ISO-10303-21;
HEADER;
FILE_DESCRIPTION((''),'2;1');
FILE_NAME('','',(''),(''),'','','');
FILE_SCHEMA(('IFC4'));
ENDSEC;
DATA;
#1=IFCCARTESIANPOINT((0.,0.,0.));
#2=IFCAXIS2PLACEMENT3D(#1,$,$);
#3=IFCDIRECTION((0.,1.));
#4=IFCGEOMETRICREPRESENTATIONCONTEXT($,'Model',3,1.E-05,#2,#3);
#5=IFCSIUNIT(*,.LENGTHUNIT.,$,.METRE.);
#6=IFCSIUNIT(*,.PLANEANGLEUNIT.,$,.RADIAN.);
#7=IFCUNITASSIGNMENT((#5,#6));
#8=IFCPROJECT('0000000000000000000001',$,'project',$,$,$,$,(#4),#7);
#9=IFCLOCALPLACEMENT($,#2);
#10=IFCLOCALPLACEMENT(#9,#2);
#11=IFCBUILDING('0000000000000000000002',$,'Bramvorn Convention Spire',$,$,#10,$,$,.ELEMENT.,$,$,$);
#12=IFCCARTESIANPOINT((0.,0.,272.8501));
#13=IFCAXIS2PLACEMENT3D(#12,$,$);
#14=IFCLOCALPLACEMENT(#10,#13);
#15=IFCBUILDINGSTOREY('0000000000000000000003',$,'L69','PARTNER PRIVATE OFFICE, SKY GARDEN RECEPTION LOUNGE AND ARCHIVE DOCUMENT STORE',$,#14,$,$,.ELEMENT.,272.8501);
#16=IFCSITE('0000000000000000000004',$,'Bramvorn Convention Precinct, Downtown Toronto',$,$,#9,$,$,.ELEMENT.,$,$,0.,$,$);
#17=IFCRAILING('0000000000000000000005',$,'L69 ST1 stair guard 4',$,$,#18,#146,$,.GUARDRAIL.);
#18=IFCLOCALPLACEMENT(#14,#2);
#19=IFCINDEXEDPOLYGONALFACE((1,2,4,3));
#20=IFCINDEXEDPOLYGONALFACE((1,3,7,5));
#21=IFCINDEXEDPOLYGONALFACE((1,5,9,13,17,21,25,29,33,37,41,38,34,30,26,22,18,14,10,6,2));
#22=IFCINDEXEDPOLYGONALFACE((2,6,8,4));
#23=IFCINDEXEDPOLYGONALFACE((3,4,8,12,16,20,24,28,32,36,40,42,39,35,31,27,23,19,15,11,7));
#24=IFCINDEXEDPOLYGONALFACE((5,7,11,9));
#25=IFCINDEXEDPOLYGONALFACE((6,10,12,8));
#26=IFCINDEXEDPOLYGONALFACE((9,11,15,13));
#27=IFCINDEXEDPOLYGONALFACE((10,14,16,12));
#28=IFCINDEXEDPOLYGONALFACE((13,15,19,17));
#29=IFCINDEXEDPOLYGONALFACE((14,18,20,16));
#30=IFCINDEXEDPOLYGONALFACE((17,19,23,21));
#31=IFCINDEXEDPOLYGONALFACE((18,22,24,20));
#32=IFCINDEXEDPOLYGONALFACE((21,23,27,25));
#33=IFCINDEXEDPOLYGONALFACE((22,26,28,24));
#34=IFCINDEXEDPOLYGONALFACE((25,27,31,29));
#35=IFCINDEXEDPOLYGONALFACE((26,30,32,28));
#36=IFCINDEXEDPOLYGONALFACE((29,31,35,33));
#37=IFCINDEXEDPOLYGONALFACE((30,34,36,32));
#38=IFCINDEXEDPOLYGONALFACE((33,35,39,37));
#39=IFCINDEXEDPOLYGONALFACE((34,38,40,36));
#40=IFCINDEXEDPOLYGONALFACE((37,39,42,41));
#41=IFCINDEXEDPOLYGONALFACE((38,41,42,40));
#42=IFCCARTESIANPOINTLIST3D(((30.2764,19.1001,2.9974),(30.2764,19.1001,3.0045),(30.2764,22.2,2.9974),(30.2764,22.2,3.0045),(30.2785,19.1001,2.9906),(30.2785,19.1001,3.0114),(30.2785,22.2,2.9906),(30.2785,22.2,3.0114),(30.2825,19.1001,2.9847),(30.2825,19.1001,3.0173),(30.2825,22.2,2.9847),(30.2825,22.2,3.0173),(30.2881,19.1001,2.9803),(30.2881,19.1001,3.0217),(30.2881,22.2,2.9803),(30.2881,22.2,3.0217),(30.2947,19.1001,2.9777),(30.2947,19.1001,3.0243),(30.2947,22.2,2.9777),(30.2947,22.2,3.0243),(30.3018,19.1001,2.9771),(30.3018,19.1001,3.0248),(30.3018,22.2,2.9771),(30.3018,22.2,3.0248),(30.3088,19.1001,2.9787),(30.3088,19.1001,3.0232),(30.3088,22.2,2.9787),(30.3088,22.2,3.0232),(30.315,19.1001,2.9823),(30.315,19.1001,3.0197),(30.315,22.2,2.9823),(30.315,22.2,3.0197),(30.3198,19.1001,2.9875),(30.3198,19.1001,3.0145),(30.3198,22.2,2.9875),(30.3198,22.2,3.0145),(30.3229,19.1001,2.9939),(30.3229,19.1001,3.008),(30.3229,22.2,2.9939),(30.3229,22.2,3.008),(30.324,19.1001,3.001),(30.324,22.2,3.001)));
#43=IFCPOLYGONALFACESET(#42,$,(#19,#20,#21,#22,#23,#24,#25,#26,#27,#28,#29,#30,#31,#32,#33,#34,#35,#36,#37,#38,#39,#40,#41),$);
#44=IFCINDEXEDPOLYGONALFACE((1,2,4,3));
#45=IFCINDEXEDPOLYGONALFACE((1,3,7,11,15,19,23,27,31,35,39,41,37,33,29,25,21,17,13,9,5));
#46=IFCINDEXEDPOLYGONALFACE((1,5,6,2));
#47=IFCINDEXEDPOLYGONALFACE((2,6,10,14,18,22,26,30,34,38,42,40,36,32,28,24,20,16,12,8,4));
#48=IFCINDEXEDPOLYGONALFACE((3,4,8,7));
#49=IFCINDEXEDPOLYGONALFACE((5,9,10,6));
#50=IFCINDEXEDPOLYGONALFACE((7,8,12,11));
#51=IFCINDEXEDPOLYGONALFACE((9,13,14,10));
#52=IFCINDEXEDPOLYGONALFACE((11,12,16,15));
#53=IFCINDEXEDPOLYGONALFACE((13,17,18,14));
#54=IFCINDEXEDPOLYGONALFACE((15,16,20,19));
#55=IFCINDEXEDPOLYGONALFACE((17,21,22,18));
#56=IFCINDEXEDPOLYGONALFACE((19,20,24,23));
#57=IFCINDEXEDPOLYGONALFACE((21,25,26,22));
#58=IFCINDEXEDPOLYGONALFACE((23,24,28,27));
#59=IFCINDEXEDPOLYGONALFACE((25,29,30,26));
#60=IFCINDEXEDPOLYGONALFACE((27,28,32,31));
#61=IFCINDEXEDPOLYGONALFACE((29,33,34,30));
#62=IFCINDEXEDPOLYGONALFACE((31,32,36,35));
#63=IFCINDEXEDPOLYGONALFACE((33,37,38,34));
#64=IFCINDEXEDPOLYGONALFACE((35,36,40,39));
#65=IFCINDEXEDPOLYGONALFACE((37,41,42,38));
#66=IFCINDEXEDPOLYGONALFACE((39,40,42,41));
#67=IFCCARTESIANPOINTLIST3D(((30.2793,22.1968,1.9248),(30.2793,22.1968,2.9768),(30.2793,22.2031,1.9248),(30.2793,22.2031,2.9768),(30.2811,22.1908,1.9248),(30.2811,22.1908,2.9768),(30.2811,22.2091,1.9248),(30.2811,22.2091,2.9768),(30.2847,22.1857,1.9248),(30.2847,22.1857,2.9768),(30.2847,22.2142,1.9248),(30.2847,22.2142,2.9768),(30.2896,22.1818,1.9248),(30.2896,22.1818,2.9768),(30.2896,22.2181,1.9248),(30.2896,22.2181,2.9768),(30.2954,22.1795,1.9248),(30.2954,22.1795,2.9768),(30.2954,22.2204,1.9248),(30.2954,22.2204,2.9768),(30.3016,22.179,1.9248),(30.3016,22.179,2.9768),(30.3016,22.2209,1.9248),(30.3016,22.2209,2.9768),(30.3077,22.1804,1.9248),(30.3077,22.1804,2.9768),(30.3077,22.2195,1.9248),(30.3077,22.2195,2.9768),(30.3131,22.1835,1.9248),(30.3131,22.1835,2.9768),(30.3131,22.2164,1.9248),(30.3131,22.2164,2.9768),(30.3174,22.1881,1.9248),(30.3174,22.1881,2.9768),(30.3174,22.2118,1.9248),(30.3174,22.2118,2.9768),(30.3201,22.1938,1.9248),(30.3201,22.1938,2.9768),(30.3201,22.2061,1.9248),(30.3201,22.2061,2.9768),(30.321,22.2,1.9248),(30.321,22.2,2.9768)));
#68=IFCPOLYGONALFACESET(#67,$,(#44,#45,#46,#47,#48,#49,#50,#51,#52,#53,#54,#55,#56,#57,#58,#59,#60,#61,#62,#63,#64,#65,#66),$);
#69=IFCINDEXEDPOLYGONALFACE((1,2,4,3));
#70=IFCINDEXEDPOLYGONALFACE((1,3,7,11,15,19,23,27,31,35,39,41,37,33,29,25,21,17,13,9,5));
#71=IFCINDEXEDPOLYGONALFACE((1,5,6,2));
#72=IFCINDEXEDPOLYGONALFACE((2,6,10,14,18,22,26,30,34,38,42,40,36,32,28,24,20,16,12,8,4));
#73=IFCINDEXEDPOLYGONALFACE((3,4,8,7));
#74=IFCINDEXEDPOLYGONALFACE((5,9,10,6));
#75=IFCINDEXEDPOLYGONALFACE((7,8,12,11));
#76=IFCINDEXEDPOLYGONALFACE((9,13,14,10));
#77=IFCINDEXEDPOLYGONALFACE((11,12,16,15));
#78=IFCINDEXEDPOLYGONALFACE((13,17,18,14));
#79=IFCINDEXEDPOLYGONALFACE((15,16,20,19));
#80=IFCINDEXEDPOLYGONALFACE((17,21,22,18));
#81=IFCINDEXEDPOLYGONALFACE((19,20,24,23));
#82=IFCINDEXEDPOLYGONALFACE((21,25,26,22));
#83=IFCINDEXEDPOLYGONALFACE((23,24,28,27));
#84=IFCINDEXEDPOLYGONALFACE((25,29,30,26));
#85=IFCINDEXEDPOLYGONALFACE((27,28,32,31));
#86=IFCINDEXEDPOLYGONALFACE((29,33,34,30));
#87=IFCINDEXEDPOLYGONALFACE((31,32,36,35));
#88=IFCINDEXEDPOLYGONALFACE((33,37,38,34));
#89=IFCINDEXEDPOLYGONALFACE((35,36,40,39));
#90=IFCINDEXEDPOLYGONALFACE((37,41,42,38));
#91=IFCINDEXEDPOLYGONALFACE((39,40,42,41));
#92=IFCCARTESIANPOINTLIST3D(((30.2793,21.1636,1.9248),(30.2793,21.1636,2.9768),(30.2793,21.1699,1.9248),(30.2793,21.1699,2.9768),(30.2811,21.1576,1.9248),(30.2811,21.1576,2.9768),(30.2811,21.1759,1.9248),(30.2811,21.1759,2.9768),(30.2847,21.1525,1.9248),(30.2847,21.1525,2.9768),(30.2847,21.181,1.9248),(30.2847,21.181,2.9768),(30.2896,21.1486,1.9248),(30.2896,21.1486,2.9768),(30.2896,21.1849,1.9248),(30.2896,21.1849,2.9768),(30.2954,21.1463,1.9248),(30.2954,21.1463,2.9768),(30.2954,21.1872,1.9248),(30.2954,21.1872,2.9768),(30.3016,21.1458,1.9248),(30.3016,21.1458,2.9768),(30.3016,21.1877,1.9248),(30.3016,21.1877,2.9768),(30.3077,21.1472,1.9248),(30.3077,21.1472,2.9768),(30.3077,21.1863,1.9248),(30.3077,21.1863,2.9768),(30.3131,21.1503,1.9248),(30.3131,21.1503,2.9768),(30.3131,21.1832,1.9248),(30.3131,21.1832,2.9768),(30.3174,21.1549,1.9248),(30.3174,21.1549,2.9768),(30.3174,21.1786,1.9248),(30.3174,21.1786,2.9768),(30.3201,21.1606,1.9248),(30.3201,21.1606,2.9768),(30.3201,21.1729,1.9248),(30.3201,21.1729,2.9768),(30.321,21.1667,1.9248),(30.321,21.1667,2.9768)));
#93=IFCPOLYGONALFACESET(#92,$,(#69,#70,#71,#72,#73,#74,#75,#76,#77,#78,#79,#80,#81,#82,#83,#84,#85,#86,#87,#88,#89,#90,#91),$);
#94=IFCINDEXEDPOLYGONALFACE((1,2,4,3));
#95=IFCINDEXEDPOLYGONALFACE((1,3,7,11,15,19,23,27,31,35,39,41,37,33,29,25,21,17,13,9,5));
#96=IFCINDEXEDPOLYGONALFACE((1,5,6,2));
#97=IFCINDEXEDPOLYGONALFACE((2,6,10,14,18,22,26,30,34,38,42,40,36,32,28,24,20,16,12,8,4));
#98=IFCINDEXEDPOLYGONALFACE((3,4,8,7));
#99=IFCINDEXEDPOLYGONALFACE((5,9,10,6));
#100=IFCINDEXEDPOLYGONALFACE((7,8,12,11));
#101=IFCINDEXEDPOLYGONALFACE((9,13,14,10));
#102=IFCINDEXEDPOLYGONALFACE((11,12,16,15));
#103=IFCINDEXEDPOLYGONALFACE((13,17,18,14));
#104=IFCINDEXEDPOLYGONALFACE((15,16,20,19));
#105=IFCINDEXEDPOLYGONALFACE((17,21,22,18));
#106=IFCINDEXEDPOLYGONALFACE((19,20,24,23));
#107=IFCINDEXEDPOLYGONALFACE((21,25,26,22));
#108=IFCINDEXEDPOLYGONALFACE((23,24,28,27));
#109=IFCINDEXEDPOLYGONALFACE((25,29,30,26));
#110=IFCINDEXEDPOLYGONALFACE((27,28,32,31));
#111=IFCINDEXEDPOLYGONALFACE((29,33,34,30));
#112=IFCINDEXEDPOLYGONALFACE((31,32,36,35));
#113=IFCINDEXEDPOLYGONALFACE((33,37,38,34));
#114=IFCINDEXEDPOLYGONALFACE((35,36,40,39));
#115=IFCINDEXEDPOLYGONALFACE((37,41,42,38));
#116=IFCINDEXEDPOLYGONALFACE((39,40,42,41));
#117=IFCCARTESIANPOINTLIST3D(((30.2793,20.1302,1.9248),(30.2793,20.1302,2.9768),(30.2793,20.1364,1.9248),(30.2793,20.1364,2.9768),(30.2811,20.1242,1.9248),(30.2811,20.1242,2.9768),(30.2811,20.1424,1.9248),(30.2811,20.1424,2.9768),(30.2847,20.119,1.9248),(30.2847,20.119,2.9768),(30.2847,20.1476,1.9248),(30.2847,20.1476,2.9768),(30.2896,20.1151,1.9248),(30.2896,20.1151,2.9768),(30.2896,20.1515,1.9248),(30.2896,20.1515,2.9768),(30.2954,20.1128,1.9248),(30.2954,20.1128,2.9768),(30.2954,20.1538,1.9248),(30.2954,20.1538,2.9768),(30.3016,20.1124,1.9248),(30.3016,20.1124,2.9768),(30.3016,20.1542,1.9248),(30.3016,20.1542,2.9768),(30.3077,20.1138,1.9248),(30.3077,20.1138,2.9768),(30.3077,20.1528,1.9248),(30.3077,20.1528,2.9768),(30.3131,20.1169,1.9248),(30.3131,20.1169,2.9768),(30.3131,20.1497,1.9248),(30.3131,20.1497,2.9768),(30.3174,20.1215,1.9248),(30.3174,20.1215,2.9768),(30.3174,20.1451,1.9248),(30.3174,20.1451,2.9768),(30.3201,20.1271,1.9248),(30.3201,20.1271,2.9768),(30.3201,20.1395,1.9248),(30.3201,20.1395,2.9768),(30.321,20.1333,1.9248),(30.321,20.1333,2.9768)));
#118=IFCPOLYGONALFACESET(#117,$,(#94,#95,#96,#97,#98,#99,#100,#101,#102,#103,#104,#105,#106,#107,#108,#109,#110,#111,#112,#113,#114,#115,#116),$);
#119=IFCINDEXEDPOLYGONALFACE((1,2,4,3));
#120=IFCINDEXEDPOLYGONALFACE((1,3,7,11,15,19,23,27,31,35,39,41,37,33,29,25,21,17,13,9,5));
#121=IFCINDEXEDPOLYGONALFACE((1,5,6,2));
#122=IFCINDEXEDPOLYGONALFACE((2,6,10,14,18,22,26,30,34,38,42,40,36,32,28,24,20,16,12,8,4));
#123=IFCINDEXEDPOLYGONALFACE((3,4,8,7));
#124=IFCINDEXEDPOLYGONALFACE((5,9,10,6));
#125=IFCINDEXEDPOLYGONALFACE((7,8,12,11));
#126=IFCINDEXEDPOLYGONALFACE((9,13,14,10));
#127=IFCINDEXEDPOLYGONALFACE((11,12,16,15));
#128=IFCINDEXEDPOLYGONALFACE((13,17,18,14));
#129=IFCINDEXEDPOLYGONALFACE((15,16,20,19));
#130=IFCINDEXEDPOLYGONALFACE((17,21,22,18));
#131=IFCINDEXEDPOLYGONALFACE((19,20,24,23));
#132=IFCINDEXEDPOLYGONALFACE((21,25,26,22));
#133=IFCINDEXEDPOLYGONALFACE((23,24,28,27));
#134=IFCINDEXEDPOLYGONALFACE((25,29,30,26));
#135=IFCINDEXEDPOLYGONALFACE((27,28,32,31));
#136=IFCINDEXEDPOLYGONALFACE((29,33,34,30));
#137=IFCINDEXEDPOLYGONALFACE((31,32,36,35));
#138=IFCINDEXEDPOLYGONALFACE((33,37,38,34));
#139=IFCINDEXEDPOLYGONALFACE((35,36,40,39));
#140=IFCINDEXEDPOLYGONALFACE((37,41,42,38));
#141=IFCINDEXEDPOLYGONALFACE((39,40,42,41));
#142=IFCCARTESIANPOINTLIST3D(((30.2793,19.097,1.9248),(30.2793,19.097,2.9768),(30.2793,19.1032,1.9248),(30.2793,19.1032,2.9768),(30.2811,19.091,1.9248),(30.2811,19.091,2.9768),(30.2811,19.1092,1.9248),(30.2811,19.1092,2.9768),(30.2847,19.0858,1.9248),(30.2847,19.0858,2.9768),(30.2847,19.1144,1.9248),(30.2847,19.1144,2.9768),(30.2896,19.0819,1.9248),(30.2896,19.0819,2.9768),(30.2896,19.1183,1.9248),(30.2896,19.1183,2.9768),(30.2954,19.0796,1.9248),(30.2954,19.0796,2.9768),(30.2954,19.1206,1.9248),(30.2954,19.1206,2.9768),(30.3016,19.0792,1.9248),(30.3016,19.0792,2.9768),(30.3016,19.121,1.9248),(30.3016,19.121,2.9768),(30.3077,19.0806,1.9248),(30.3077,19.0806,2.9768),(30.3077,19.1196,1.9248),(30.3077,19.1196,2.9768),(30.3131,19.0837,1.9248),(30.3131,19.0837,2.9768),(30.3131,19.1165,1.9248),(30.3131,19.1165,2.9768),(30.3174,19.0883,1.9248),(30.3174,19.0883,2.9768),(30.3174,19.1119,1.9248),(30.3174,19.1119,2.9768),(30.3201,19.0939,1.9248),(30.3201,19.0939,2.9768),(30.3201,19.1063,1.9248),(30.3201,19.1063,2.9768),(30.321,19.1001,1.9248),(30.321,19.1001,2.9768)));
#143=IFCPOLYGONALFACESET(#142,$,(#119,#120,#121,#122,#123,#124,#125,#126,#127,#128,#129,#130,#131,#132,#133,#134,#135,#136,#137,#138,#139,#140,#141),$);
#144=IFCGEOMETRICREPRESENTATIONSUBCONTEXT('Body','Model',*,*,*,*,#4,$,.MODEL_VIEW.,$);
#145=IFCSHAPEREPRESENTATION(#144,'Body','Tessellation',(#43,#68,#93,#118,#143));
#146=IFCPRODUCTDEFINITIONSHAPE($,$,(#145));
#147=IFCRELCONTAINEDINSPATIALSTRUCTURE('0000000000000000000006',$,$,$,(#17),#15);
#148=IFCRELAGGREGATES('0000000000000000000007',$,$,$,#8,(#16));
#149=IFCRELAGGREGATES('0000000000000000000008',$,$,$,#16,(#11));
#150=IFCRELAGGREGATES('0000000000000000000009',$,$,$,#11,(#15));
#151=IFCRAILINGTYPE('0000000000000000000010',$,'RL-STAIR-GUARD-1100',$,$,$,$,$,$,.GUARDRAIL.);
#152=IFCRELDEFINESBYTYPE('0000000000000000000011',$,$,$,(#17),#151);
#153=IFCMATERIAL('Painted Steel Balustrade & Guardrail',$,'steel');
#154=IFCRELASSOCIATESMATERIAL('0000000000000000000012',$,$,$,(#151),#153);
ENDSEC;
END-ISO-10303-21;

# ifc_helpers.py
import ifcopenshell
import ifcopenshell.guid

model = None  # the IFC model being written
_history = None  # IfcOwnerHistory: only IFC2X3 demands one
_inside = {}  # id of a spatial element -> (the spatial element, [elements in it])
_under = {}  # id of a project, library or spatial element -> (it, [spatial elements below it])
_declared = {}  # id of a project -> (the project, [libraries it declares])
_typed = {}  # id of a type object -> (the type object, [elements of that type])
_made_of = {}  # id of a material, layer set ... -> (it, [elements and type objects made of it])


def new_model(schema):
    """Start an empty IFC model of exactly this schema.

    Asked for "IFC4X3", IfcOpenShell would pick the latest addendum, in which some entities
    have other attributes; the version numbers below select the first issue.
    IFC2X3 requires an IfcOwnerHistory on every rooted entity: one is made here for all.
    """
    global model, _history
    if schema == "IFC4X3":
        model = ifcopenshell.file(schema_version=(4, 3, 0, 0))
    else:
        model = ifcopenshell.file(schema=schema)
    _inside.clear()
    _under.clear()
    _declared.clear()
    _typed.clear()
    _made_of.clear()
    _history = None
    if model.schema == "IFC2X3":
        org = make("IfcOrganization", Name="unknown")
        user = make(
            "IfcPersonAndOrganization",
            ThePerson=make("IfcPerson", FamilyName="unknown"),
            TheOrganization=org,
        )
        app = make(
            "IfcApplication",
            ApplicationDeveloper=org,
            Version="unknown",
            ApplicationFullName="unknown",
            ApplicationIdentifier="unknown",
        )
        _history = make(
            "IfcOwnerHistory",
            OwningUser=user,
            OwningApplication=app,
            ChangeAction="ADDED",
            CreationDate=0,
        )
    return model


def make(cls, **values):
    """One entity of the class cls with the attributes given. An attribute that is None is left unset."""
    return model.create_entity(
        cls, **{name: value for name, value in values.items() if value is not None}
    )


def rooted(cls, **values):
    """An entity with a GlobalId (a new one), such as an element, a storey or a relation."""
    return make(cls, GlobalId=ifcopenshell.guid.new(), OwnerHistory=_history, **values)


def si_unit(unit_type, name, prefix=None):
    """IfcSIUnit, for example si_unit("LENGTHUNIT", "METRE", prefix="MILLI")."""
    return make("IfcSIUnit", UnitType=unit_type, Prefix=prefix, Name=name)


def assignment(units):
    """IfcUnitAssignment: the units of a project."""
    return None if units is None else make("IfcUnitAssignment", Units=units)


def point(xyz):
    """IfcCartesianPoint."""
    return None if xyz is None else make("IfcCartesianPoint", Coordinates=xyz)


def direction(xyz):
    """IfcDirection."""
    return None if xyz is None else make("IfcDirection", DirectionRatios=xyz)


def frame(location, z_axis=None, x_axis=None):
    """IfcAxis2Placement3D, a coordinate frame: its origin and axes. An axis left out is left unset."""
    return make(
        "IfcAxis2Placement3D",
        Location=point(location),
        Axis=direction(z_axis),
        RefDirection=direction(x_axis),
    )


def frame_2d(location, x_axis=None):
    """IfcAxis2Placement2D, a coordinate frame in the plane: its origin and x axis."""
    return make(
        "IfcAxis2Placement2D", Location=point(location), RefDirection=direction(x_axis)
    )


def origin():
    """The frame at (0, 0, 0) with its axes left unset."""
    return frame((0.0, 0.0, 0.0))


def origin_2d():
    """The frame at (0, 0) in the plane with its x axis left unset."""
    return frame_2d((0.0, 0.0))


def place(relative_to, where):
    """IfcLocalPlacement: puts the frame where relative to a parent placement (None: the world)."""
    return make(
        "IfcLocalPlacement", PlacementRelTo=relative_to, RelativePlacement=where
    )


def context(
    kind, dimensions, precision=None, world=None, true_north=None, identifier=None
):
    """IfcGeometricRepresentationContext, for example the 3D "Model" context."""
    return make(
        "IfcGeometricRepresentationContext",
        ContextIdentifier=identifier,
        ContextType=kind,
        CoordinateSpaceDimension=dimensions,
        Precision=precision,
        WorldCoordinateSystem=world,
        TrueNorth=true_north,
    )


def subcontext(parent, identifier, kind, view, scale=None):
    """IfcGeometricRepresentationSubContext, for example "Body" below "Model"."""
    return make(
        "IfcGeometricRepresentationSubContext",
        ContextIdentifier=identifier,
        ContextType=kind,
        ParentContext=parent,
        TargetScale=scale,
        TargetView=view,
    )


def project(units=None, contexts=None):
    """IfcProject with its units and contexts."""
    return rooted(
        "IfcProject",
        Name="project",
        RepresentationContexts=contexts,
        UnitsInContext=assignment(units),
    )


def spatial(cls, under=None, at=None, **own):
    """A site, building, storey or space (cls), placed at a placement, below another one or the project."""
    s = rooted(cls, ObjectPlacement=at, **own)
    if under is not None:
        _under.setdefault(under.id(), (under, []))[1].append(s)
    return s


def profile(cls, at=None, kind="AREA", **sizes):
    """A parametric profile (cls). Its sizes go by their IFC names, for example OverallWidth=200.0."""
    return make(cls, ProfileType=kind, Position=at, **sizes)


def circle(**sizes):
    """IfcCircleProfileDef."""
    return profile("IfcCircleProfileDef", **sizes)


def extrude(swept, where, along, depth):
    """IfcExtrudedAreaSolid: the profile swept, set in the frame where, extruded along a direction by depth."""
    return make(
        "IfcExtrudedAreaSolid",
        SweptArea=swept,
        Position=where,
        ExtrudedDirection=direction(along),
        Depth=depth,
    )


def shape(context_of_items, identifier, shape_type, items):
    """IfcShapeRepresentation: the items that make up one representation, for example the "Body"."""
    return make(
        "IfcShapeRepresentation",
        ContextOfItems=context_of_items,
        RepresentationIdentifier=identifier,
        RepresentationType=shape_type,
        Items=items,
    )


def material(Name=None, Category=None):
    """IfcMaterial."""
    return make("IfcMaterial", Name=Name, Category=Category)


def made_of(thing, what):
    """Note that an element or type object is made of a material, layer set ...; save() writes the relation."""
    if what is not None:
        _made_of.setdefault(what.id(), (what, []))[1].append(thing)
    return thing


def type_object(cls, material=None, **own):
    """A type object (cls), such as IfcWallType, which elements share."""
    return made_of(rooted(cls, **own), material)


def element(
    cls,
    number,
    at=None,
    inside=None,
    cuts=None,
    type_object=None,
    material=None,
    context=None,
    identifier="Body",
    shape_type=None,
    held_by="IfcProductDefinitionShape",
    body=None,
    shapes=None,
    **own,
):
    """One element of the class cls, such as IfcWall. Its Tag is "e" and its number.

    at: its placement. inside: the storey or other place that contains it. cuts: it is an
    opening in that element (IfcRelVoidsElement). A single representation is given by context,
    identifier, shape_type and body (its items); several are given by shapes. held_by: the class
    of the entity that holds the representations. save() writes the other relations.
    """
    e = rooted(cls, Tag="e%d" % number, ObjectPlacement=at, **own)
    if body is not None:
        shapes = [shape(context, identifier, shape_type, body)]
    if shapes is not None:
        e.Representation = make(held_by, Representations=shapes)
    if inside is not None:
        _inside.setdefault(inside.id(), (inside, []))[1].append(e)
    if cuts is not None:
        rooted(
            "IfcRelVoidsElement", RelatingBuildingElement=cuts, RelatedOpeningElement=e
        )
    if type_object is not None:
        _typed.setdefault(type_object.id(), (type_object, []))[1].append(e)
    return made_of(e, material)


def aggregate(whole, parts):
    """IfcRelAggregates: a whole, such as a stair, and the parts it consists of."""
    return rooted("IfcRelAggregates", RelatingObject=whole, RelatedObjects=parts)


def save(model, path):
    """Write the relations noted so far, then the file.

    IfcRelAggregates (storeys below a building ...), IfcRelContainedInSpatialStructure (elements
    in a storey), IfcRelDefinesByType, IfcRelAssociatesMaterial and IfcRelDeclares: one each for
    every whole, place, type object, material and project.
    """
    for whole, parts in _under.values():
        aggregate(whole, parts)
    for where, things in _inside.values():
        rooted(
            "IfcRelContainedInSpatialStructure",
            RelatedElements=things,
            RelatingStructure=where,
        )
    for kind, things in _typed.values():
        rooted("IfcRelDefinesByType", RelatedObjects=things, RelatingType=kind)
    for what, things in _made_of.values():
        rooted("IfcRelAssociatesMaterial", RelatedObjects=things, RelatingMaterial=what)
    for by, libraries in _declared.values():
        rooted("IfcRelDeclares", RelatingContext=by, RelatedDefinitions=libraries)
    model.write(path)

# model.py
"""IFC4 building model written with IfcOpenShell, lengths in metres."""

from ifc_helpers import new_model, si_unit, direction, frame, origin, origin_2d, place, context, subcontext, project, spatial, circle, extrude, material, type_object, element, save


model = new_model("IFC4")

# Units and contexts
model_context = context("Model", 3, precision=1e-05, world=origin(), true_north=direction((0.0, 1.0)))
body_context = subcontext(model_context, "Body", "Model", "MODEL_VIEW")
ifc_project = project(units=[si_unit("LENGTHUNIT", "METRE"), si_unit("PLANEANGLEUNIT", "RADIAN")], contexts=[model_context])

# Site, building, storey
site_placement = place(None, origin())
site = spatial("IfcSite", under=ifc_project, at=site_placement, Name="Bramvorn Convention Precinct, Downtown Toronto", CompositionType="ELEMENT", RefElevation=0.0)
building_placement = place(site_placement, origin())
building = spatial("IfcBuilding", under=site, at=building_placement, Name="Bramvorn Convention Spire", CompositionType="ELEMENT")
storey_placement = place(building_placement, frame((0.0, 0.0, 272.8501)))
storey = spatial("IfcBuildingStorey", under=building, at=storey_placement, Name="L69", Description="PARTNER PRIVATE OFFICE, SKY GARDEN RECEPTION LOUNGE AND ARCHIVE DOCUMENT STORE", CompositionType="ELEMENT", Elevation=272.8501)

# Railing
ifc_material_1 = material(Name="Painted Steel Balustrade & Guardrail", Category="steel")
railing_type_1 = type_object("IfcRailingType", Name="RL-STAIR-GUARD-1100", PredefinedType="GUARDRAIL", material=ifc_material_1)
railing_1_placement = place(storey_placement, frame((30.3, 22.2, 1.9248)))
element("IfcRailing", 1, at=railing_1_placement, inside=storey, type_object=railing_type_1, Name="L69 ST1 stair guard 4", PredefinedType="GUARDRAIL", context=body_context, shape_type="SweptSolid", body=[
    extrude(circle(Radius=0.0239, at=origin_2d()), frame((0.0, 0.0, 1.0762), z_axis=(0.0, -1.0, 0.0), x_axis=(1.0, 0.0, 0.0)), (0.0, 0.0, 1.0), 3.0999),
    extrude(circle(Radius=0.021, at=origin_2d()), origin(), (0.0, 0.0, 1.0), 1.052),
    extrude(circle(Radius=0.021, at=origin_2d()), frame((0.0, -1.0332, 0.0)), (0.0, 0.0, 1.0), 1.052),
    extrude(circle(Radius=0.021, at=origin_2d()), frame((0.0, -2.0667, 0.0)), (0.0, 0.0, 1.0), 1.052),
    extrude(circle(Radius=0.021, at=origin_2d()), frame((0.0, -3.0999, 0.0)), (0.0, 0.0, 1.0), 1.052),
])

save(model, "model.ifc")
